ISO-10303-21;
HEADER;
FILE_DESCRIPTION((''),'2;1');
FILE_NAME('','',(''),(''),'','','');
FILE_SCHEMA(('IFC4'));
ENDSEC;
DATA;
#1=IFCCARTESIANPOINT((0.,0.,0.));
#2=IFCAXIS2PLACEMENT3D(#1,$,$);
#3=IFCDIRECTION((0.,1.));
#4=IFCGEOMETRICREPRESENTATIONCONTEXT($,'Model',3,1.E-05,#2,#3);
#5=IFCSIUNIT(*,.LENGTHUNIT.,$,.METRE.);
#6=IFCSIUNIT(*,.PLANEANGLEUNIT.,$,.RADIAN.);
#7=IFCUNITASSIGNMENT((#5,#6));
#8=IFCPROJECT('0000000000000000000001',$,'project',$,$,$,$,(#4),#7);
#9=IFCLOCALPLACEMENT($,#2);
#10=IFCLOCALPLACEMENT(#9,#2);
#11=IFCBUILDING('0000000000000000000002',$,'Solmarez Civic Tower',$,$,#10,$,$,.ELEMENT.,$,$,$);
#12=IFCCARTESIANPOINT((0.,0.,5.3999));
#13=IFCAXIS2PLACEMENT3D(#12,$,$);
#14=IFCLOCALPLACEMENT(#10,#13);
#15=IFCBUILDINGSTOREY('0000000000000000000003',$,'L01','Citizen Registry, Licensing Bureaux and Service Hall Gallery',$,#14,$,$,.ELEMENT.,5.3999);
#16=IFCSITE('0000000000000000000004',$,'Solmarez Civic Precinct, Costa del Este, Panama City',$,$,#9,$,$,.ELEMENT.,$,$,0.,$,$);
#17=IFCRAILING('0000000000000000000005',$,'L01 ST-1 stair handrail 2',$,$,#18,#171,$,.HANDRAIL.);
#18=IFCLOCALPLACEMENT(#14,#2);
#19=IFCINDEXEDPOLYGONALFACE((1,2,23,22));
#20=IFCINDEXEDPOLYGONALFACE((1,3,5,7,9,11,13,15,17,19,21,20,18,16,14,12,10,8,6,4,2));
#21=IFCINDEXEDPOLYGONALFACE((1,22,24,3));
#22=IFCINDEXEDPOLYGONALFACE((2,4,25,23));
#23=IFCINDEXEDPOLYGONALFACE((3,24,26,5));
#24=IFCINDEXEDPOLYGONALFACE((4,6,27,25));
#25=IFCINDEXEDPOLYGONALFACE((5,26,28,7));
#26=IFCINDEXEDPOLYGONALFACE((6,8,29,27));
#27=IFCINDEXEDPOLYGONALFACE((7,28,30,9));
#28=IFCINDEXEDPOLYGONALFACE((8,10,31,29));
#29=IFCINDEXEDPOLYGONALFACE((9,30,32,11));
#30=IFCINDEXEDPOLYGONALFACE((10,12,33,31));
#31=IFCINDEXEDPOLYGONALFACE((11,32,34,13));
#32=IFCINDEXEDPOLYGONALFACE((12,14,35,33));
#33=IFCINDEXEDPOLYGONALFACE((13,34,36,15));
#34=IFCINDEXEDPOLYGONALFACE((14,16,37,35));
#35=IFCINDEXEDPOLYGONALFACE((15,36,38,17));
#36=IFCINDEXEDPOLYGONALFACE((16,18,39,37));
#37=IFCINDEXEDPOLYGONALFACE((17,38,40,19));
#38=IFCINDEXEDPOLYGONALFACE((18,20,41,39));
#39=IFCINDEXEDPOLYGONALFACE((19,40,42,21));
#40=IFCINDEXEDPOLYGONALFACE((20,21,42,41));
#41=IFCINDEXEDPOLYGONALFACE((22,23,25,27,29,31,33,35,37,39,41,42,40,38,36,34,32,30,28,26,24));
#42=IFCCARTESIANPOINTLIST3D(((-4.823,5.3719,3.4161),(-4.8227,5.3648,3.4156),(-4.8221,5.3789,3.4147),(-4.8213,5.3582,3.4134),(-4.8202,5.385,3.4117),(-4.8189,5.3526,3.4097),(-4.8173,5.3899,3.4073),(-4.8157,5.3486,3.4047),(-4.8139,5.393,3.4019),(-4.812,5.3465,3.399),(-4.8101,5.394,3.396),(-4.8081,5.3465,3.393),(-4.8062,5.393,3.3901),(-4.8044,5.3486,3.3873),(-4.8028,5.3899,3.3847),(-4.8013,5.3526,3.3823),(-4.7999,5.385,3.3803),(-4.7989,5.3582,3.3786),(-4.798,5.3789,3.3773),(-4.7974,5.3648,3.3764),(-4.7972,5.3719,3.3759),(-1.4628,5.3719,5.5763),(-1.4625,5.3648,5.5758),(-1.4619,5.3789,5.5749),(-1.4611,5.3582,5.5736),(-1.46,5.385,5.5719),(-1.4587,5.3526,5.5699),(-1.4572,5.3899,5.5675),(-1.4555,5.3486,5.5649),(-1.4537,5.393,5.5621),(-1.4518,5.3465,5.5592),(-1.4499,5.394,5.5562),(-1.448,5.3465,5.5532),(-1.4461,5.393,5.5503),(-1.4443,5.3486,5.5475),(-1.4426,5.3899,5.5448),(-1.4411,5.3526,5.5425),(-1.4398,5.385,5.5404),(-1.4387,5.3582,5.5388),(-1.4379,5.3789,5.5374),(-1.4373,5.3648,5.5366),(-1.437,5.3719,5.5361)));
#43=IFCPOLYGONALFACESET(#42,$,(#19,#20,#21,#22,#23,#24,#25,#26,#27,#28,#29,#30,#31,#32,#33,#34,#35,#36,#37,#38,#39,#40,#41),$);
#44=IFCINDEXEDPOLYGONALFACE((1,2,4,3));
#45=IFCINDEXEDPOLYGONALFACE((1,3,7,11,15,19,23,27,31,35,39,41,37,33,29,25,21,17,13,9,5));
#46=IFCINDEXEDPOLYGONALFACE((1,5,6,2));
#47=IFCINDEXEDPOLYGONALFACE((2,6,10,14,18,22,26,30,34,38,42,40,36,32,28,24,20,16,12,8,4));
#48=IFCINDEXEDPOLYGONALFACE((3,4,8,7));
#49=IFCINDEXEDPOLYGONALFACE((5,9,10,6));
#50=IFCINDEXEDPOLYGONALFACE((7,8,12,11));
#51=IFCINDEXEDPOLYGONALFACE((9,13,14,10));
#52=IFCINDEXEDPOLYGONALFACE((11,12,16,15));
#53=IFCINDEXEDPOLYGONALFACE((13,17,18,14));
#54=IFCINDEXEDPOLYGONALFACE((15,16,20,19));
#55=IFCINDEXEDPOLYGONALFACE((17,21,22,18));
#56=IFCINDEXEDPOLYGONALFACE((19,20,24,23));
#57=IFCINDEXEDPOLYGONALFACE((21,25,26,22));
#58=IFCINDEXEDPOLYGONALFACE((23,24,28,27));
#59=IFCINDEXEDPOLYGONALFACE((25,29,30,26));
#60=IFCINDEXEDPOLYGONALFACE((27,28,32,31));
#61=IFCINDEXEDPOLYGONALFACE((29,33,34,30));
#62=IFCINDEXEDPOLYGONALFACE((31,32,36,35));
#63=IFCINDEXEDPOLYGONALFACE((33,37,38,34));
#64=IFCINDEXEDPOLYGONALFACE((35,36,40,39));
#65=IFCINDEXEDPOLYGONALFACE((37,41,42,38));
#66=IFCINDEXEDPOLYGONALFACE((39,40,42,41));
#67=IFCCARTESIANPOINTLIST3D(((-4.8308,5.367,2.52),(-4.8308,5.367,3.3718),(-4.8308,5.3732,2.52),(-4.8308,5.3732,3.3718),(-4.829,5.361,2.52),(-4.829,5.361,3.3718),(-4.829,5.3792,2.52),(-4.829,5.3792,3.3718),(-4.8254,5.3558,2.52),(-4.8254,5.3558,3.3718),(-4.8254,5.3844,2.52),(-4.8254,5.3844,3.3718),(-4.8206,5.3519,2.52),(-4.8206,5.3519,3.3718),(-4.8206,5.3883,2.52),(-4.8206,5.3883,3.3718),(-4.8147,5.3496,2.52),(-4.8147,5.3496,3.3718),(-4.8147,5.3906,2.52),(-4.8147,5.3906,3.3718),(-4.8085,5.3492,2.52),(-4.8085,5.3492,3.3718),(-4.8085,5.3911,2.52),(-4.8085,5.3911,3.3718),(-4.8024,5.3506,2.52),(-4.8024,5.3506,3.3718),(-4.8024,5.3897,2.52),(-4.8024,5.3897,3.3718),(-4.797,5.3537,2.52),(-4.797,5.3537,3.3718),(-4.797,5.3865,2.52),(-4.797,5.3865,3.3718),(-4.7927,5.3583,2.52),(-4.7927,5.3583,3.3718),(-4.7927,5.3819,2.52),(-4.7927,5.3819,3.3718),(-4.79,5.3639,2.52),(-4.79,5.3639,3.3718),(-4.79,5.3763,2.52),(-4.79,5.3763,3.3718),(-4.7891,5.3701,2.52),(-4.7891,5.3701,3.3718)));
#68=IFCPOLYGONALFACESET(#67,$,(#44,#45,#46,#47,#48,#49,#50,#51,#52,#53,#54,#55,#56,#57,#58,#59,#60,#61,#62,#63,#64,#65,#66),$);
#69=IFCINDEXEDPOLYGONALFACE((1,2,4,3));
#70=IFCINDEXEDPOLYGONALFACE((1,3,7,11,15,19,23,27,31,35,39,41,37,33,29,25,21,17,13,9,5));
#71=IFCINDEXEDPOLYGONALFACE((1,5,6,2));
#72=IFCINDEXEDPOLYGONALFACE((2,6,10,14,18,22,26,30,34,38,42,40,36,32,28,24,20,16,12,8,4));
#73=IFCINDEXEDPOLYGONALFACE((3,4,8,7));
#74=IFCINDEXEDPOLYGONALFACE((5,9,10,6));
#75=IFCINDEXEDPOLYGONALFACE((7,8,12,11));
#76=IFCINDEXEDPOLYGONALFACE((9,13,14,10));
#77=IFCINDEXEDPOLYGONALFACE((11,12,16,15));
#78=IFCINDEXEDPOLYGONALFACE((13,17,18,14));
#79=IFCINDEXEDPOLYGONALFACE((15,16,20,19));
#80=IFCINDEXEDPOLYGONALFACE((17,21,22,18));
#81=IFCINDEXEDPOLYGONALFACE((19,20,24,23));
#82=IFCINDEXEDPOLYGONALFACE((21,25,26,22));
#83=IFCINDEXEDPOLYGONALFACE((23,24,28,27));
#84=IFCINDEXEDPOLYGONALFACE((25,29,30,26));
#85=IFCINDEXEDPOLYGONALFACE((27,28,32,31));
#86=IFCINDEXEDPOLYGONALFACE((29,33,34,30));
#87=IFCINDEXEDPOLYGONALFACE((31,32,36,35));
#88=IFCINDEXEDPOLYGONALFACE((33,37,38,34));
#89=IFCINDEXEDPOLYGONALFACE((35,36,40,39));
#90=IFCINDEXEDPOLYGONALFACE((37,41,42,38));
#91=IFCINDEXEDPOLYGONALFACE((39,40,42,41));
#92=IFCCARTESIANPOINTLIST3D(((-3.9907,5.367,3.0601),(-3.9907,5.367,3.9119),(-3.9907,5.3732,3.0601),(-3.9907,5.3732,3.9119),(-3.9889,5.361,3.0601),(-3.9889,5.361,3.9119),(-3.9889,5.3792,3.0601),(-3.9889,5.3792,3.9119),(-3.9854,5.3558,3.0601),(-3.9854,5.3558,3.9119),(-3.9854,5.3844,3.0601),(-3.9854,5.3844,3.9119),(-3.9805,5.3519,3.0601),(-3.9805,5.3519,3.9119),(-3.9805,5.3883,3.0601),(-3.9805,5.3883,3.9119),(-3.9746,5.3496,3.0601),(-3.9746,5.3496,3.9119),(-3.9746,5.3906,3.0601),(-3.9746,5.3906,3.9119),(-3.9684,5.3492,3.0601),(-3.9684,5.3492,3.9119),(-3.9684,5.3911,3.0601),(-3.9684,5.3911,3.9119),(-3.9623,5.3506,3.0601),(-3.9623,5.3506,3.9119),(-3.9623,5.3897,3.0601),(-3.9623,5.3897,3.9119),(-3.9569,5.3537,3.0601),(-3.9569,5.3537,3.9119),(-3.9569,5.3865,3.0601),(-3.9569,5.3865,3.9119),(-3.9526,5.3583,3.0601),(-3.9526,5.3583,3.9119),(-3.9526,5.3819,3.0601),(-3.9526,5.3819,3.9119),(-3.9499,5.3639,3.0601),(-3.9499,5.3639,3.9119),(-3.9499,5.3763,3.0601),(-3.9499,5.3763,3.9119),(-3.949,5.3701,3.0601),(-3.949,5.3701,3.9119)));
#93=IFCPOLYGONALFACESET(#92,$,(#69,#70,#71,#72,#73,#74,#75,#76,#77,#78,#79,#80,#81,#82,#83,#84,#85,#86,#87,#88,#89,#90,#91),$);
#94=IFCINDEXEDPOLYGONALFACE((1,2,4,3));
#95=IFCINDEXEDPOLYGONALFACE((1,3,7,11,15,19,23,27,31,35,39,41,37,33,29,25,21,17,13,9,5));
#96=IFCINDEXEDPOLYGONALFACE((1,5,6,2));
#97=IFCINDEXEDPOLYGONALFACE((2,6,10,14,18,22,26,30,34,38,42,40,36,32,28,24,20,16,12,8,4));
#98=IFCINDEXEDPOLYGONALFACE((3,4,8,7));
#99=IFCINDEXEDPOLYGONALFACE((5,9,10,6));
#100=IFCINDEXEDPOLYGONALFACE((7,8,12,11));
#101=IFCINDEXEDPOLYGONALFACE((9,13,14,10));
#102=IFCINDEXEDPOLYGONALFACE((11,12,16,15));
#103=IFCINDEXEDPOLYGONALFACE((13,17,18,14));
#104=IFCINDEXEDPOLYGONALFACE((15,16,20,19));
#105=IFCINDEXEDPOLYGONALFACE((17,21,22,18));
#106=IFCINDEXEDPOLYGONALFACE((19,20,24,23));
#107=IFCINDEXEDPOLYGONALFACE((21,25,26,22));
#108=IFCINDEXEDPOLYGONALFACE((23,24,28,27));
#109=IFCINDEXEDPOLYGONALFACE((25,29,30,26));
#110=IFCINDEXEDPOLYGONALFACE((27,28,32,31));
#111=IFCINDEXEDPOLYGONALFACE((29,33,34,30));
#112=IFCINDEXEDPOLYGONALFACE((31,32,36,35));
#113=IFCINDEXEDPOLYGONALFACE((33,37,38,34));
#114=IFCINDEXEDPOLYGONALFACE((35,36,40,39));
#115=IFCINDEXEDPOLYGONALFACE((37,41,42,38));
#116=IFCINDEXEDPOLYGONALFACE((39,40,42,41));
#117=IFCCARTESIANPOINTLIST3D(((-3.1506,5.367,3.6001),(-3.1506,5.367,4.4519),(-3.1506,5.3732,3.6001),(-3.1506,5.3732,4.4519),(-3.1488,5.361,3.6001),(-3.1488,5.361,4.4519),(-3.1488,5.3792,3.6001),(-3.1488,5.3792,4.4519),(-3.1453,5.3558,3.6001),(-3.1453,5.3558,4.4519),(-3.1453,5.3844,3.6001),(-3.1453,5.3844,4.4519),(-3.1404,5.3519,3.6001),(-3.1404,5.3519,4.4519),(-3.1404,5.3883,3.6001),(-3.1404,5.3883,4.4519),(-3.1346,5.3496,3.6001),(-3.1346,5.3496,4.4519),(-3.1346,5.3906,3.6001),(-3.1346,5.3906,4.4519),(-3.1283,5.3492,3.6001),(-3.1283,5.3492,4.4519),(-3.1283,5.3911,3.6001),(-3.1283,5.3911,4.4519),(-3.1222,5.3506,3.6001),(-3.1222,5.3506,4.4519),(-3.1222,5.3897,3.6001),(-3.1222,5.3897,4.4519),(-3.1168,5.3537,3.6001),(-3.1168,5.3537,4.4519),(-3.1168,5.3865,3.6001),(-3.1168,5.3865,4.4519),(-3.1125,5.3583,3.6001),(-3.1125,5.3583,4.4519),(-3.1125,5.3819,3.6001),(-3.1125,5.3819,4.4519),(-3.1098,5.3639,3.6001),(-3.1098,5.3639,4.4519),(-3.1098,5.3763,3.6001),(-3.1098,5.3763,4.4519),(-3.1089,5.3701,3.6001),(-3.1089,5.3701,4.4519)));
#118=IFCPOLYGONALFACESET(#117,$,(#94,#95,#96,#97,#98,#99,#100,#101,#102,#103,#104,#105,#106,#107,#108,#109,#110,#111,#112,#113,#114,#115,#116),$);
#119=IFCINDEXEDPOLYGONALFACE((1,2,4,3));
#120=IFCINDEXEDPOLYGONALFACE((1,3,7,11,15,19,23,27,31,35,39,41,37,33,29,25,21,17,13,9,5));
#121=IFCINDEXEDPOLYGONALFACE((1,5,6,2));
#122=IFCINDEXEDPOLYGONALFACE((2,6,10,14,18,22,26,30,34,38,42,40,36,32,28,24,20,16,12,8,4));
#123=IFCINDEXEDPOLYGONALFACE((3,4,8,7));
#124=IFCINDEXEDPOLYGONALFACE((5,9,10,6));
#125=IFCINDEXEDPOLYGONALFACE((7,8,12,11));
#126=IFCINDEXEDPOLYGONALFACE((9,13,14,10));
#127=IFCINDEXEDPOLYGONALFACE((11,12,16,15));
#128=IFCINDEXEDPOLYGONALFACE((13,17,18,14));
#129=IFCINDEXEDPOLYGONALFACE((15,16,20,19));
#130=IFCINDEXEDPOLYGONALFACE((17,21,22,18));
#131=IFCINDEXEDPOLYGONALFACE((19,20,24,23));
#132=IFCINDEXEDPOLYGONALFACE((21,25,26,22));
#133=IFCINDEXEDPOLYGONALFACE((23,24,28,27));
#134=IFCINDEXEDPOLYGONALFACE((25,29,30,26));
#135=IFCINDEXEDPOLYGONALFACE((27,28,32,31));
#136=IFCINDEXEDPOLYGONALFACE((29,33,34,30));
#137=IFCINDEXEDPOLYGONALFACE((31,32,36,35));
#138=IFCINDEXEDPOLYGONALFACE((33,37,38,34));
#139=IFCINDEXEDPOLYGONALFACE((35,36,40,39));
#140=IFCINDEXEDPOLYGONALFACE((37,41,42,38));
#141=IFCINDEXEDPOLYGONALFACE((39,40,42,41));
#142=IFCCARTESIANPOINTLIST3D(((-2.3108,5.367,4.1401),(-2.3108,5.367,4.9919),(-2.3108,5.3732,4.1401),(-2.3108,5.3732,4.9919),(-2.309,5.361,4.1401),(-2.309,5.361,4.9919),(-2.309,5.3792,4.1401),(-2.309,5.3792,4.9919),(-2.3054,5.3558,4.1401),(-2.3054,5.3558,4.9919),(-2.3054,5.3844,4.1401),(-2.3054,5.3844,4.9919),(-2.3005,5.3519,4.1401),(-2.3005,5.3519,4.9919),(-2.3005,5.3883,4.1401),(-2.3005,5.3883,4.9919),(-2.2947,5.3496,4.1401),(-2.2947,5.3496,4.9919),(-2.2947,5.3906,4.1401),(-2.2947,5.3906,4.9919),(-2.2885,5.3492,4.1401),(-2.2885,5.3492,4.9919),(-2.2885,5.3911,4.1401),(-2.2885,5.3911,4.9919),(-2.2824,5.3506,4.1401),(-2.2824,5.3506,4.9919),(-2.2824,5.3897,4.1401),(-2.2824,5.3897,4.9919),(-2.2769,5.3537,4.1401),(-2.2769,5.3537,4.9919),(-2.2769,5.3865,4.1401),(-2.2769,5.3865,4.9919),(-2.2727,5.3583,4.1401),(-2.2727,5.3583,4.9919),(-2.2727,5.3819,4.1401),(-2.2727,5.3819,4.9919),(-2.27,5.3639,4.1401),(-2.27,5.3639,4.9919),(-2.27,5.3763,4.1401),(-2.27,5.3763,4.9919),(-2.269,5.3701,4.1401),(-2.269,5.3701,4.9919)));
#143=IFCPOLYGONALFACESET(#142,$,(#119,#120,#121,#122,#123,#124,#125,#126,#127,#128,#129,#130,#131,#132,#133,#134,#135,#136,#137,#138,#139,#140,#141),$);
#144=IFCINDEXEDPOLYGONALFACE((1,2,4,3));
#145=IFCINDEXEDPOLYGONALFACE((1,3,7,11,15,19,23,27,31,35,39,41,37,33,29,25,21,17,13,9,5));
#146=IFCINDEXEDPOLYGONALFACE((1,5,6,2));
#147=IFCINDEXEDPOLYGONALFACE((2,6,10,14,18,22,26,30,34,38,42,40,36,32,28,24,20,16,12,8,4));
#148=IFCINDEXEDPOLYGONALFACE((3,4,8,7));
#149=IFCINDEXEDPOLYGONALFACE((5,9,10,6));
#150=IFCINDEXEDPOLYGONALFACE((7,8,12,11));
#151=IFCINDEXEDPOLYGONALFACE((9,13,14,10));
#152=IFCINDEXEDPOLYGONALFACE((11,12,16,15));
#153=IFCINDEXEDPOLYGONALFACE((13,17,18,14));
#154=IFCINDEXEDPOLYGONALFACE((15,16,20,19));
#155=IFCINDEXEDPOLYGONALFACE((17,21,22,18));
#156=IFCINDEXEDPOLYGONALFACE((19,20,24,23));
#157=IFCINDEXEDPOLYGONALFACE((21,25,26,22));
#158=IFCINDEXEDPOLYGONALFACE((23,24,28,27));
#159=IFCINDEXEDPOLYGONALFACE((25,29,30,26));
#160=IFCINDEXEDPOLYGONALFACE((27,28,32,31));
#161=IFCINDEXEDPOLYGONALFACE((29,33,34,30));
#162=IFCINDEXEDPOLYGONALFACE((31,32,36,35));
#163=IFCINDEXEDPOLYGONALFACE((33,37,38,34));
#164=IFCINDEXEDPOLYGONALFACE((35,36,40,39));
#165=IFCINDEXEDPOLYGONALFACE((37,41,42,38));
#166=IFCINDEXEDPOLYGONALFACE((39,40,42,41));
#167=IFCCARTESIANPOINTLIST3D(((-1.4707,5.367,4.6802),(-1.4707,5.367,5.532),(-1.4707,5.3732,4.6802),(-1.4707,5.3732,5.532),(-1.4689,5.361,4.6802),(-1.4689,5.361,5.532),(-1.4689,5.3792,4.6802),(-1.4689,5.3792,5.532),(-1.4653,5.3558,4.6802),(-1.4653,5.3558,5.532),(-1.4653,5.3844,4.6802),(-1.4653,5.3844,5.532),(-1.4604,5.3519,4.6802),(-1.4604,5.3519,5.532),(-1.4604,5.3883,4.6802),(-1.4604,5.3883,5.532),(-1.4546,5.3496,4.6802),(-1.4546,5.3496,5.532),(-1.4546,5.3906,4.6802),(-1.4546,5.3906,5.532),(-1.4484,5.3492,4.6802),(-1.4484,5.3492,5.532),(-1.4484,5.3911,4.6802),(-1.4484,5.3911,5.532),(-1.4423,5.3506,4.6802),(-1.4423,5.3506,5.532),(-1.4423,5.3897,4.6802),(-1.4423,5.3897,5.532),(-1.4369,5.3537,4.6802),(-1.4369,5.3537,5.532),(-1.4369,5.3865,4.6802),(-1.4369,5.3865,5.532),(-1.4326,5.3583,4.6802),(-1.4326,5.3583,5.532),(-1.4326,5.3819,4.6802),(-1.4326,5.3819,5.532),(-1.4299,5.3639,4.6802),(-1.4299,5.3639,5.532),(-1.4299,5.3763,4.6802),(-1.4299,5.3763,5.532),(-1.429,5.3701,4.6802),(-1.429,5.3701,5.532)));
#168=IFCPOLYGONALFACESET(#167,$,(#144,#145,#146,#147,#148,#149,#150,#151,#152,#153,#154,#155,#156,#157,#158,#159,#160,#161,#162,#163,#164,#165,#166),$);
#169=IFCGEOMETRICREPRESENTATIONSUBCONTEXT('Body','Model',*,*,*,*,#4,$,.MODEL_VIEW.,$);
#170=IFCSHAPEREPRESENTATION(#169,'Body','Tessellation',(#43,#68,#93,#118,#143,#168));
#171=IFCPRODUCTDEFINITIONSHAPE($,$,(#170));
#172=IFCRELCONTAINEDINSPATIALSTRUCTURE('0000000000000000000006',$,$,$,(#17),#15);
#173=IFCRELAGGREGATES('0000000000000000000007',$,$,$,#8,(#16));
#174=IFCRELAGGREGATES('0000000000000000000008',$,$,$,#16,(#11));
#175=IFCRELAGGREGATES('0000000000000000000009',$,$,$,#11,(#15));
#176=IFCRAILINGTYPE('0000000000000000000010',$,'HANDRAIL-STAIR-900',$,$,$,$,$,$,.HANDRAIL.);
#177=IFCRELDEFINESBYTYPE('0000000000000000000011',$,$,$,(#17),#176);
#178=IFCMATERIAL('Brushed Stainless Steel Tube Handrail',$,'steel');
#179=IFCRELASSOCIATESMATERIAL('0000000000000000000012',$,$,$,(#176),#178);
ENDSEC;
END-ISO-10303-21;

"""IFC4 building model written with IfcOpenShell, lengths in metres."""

from ifc_helpers import new_model, si_unit, direction, frame, origin, origin_2d, place, context, subcontext, project, spatial, circle, extrude, material, type_object, element, save


model = new_model("IFC4")

# Units and contexts
model_context = context("Model", 3, precision=1e-05, world=origin(), true_north=direction((0.0, 1.0)))
body_context = subcontext(model_context, "Body", "Model", "MODEL_VIEW")
ifc_project = project(units=[si_unit("LENGTHUNIT", "METRE"), si_unit("PLANEANGLEUNIT", "RADIAN")], contexts=[model_context])

# Site, building, storey
site_placement = place(None, origin())
site = spatial("IfcSite", under=ifc_project, at=site_placement, Name="Solmarez Civic Precinct, Costa del Este, Panama City", CompositionType="ELEMENT", RefElevation=0.0)
building_placement = place(site_placement, origin())
building = spatial("IfcBuilding", under=site, at=building_placement, Name="Solmarez Civic Tower", CompositionType="ELEMENT")
storey_placement = place(building_placement, frame((0.0, 0.0, 5.3999)))
storey = spatial("IfcBuildingStorey", under=building, at=storey_placement, Name="L01", Description="Citizen Registry, Licensing Bureaux and Service Hall Gallery", CompositionType="ELEMENT", Elevation=5.3999)

# Railing
ifc_material_1 = material(Name="Brushed Stainless Steel Tube Handrail", Category="steel")
railing_type_1 = type_object("IfcRailingType", Name="HANDRAIL-STAIR-900", PredefinedType="HANDRAIL", material=ifc_material_1)
railing_1_placement = place(storey_placement, frame((-4.8101, 5.3701, 2.52)))
element("IfcRailing", 1, at=railing_1_placement, inside=storey, type_object=railing_type_1, Name="L01 ST-1 stair handrail 2", PredefinedType="HANDRAIL", context=body_context, shape_type="SweptSolid", body=[
    extrude(circle(Radius=0.0239, at=origin_2d()), frame((0.0, 0.0, 0.876), z_axis=(0.841169, 0.0, 0.540773), x_axis=(0.0, 1.0, 0.0)), (0.0, 0.0, 1.0), 3.9946),
    extrude(circle(Radius=0.021, at=origin_2d()), origin(), (0.0, 0.0, 1.0), 0.8518),
    extrude(circle(Radius=0.021, at=origin_2d()), frame((0.8401, 0.0, 0.54)), (0.0, 0.0, 1.0), 0.8518),
    extrude(circle(Radius=0.021, at=origin_2d()), frame((1.6802, 0.0, 1.0801)), (0.0, 0.0, 1.0), 0.8518),
    extrude(circle(Radius=0.021, at=origin_2d()), frame((2.52, 0.0, 1.6201)), (0.0, 0.0, 1.0), 0.8518),
    extrude(circle(Radius=0.021, at=origin_2d()), frame((3.3601, 0.0, 2.1602)), (0.0, 0.0, 1.0), 0.8518),
])

save(model, "model.ifc")
